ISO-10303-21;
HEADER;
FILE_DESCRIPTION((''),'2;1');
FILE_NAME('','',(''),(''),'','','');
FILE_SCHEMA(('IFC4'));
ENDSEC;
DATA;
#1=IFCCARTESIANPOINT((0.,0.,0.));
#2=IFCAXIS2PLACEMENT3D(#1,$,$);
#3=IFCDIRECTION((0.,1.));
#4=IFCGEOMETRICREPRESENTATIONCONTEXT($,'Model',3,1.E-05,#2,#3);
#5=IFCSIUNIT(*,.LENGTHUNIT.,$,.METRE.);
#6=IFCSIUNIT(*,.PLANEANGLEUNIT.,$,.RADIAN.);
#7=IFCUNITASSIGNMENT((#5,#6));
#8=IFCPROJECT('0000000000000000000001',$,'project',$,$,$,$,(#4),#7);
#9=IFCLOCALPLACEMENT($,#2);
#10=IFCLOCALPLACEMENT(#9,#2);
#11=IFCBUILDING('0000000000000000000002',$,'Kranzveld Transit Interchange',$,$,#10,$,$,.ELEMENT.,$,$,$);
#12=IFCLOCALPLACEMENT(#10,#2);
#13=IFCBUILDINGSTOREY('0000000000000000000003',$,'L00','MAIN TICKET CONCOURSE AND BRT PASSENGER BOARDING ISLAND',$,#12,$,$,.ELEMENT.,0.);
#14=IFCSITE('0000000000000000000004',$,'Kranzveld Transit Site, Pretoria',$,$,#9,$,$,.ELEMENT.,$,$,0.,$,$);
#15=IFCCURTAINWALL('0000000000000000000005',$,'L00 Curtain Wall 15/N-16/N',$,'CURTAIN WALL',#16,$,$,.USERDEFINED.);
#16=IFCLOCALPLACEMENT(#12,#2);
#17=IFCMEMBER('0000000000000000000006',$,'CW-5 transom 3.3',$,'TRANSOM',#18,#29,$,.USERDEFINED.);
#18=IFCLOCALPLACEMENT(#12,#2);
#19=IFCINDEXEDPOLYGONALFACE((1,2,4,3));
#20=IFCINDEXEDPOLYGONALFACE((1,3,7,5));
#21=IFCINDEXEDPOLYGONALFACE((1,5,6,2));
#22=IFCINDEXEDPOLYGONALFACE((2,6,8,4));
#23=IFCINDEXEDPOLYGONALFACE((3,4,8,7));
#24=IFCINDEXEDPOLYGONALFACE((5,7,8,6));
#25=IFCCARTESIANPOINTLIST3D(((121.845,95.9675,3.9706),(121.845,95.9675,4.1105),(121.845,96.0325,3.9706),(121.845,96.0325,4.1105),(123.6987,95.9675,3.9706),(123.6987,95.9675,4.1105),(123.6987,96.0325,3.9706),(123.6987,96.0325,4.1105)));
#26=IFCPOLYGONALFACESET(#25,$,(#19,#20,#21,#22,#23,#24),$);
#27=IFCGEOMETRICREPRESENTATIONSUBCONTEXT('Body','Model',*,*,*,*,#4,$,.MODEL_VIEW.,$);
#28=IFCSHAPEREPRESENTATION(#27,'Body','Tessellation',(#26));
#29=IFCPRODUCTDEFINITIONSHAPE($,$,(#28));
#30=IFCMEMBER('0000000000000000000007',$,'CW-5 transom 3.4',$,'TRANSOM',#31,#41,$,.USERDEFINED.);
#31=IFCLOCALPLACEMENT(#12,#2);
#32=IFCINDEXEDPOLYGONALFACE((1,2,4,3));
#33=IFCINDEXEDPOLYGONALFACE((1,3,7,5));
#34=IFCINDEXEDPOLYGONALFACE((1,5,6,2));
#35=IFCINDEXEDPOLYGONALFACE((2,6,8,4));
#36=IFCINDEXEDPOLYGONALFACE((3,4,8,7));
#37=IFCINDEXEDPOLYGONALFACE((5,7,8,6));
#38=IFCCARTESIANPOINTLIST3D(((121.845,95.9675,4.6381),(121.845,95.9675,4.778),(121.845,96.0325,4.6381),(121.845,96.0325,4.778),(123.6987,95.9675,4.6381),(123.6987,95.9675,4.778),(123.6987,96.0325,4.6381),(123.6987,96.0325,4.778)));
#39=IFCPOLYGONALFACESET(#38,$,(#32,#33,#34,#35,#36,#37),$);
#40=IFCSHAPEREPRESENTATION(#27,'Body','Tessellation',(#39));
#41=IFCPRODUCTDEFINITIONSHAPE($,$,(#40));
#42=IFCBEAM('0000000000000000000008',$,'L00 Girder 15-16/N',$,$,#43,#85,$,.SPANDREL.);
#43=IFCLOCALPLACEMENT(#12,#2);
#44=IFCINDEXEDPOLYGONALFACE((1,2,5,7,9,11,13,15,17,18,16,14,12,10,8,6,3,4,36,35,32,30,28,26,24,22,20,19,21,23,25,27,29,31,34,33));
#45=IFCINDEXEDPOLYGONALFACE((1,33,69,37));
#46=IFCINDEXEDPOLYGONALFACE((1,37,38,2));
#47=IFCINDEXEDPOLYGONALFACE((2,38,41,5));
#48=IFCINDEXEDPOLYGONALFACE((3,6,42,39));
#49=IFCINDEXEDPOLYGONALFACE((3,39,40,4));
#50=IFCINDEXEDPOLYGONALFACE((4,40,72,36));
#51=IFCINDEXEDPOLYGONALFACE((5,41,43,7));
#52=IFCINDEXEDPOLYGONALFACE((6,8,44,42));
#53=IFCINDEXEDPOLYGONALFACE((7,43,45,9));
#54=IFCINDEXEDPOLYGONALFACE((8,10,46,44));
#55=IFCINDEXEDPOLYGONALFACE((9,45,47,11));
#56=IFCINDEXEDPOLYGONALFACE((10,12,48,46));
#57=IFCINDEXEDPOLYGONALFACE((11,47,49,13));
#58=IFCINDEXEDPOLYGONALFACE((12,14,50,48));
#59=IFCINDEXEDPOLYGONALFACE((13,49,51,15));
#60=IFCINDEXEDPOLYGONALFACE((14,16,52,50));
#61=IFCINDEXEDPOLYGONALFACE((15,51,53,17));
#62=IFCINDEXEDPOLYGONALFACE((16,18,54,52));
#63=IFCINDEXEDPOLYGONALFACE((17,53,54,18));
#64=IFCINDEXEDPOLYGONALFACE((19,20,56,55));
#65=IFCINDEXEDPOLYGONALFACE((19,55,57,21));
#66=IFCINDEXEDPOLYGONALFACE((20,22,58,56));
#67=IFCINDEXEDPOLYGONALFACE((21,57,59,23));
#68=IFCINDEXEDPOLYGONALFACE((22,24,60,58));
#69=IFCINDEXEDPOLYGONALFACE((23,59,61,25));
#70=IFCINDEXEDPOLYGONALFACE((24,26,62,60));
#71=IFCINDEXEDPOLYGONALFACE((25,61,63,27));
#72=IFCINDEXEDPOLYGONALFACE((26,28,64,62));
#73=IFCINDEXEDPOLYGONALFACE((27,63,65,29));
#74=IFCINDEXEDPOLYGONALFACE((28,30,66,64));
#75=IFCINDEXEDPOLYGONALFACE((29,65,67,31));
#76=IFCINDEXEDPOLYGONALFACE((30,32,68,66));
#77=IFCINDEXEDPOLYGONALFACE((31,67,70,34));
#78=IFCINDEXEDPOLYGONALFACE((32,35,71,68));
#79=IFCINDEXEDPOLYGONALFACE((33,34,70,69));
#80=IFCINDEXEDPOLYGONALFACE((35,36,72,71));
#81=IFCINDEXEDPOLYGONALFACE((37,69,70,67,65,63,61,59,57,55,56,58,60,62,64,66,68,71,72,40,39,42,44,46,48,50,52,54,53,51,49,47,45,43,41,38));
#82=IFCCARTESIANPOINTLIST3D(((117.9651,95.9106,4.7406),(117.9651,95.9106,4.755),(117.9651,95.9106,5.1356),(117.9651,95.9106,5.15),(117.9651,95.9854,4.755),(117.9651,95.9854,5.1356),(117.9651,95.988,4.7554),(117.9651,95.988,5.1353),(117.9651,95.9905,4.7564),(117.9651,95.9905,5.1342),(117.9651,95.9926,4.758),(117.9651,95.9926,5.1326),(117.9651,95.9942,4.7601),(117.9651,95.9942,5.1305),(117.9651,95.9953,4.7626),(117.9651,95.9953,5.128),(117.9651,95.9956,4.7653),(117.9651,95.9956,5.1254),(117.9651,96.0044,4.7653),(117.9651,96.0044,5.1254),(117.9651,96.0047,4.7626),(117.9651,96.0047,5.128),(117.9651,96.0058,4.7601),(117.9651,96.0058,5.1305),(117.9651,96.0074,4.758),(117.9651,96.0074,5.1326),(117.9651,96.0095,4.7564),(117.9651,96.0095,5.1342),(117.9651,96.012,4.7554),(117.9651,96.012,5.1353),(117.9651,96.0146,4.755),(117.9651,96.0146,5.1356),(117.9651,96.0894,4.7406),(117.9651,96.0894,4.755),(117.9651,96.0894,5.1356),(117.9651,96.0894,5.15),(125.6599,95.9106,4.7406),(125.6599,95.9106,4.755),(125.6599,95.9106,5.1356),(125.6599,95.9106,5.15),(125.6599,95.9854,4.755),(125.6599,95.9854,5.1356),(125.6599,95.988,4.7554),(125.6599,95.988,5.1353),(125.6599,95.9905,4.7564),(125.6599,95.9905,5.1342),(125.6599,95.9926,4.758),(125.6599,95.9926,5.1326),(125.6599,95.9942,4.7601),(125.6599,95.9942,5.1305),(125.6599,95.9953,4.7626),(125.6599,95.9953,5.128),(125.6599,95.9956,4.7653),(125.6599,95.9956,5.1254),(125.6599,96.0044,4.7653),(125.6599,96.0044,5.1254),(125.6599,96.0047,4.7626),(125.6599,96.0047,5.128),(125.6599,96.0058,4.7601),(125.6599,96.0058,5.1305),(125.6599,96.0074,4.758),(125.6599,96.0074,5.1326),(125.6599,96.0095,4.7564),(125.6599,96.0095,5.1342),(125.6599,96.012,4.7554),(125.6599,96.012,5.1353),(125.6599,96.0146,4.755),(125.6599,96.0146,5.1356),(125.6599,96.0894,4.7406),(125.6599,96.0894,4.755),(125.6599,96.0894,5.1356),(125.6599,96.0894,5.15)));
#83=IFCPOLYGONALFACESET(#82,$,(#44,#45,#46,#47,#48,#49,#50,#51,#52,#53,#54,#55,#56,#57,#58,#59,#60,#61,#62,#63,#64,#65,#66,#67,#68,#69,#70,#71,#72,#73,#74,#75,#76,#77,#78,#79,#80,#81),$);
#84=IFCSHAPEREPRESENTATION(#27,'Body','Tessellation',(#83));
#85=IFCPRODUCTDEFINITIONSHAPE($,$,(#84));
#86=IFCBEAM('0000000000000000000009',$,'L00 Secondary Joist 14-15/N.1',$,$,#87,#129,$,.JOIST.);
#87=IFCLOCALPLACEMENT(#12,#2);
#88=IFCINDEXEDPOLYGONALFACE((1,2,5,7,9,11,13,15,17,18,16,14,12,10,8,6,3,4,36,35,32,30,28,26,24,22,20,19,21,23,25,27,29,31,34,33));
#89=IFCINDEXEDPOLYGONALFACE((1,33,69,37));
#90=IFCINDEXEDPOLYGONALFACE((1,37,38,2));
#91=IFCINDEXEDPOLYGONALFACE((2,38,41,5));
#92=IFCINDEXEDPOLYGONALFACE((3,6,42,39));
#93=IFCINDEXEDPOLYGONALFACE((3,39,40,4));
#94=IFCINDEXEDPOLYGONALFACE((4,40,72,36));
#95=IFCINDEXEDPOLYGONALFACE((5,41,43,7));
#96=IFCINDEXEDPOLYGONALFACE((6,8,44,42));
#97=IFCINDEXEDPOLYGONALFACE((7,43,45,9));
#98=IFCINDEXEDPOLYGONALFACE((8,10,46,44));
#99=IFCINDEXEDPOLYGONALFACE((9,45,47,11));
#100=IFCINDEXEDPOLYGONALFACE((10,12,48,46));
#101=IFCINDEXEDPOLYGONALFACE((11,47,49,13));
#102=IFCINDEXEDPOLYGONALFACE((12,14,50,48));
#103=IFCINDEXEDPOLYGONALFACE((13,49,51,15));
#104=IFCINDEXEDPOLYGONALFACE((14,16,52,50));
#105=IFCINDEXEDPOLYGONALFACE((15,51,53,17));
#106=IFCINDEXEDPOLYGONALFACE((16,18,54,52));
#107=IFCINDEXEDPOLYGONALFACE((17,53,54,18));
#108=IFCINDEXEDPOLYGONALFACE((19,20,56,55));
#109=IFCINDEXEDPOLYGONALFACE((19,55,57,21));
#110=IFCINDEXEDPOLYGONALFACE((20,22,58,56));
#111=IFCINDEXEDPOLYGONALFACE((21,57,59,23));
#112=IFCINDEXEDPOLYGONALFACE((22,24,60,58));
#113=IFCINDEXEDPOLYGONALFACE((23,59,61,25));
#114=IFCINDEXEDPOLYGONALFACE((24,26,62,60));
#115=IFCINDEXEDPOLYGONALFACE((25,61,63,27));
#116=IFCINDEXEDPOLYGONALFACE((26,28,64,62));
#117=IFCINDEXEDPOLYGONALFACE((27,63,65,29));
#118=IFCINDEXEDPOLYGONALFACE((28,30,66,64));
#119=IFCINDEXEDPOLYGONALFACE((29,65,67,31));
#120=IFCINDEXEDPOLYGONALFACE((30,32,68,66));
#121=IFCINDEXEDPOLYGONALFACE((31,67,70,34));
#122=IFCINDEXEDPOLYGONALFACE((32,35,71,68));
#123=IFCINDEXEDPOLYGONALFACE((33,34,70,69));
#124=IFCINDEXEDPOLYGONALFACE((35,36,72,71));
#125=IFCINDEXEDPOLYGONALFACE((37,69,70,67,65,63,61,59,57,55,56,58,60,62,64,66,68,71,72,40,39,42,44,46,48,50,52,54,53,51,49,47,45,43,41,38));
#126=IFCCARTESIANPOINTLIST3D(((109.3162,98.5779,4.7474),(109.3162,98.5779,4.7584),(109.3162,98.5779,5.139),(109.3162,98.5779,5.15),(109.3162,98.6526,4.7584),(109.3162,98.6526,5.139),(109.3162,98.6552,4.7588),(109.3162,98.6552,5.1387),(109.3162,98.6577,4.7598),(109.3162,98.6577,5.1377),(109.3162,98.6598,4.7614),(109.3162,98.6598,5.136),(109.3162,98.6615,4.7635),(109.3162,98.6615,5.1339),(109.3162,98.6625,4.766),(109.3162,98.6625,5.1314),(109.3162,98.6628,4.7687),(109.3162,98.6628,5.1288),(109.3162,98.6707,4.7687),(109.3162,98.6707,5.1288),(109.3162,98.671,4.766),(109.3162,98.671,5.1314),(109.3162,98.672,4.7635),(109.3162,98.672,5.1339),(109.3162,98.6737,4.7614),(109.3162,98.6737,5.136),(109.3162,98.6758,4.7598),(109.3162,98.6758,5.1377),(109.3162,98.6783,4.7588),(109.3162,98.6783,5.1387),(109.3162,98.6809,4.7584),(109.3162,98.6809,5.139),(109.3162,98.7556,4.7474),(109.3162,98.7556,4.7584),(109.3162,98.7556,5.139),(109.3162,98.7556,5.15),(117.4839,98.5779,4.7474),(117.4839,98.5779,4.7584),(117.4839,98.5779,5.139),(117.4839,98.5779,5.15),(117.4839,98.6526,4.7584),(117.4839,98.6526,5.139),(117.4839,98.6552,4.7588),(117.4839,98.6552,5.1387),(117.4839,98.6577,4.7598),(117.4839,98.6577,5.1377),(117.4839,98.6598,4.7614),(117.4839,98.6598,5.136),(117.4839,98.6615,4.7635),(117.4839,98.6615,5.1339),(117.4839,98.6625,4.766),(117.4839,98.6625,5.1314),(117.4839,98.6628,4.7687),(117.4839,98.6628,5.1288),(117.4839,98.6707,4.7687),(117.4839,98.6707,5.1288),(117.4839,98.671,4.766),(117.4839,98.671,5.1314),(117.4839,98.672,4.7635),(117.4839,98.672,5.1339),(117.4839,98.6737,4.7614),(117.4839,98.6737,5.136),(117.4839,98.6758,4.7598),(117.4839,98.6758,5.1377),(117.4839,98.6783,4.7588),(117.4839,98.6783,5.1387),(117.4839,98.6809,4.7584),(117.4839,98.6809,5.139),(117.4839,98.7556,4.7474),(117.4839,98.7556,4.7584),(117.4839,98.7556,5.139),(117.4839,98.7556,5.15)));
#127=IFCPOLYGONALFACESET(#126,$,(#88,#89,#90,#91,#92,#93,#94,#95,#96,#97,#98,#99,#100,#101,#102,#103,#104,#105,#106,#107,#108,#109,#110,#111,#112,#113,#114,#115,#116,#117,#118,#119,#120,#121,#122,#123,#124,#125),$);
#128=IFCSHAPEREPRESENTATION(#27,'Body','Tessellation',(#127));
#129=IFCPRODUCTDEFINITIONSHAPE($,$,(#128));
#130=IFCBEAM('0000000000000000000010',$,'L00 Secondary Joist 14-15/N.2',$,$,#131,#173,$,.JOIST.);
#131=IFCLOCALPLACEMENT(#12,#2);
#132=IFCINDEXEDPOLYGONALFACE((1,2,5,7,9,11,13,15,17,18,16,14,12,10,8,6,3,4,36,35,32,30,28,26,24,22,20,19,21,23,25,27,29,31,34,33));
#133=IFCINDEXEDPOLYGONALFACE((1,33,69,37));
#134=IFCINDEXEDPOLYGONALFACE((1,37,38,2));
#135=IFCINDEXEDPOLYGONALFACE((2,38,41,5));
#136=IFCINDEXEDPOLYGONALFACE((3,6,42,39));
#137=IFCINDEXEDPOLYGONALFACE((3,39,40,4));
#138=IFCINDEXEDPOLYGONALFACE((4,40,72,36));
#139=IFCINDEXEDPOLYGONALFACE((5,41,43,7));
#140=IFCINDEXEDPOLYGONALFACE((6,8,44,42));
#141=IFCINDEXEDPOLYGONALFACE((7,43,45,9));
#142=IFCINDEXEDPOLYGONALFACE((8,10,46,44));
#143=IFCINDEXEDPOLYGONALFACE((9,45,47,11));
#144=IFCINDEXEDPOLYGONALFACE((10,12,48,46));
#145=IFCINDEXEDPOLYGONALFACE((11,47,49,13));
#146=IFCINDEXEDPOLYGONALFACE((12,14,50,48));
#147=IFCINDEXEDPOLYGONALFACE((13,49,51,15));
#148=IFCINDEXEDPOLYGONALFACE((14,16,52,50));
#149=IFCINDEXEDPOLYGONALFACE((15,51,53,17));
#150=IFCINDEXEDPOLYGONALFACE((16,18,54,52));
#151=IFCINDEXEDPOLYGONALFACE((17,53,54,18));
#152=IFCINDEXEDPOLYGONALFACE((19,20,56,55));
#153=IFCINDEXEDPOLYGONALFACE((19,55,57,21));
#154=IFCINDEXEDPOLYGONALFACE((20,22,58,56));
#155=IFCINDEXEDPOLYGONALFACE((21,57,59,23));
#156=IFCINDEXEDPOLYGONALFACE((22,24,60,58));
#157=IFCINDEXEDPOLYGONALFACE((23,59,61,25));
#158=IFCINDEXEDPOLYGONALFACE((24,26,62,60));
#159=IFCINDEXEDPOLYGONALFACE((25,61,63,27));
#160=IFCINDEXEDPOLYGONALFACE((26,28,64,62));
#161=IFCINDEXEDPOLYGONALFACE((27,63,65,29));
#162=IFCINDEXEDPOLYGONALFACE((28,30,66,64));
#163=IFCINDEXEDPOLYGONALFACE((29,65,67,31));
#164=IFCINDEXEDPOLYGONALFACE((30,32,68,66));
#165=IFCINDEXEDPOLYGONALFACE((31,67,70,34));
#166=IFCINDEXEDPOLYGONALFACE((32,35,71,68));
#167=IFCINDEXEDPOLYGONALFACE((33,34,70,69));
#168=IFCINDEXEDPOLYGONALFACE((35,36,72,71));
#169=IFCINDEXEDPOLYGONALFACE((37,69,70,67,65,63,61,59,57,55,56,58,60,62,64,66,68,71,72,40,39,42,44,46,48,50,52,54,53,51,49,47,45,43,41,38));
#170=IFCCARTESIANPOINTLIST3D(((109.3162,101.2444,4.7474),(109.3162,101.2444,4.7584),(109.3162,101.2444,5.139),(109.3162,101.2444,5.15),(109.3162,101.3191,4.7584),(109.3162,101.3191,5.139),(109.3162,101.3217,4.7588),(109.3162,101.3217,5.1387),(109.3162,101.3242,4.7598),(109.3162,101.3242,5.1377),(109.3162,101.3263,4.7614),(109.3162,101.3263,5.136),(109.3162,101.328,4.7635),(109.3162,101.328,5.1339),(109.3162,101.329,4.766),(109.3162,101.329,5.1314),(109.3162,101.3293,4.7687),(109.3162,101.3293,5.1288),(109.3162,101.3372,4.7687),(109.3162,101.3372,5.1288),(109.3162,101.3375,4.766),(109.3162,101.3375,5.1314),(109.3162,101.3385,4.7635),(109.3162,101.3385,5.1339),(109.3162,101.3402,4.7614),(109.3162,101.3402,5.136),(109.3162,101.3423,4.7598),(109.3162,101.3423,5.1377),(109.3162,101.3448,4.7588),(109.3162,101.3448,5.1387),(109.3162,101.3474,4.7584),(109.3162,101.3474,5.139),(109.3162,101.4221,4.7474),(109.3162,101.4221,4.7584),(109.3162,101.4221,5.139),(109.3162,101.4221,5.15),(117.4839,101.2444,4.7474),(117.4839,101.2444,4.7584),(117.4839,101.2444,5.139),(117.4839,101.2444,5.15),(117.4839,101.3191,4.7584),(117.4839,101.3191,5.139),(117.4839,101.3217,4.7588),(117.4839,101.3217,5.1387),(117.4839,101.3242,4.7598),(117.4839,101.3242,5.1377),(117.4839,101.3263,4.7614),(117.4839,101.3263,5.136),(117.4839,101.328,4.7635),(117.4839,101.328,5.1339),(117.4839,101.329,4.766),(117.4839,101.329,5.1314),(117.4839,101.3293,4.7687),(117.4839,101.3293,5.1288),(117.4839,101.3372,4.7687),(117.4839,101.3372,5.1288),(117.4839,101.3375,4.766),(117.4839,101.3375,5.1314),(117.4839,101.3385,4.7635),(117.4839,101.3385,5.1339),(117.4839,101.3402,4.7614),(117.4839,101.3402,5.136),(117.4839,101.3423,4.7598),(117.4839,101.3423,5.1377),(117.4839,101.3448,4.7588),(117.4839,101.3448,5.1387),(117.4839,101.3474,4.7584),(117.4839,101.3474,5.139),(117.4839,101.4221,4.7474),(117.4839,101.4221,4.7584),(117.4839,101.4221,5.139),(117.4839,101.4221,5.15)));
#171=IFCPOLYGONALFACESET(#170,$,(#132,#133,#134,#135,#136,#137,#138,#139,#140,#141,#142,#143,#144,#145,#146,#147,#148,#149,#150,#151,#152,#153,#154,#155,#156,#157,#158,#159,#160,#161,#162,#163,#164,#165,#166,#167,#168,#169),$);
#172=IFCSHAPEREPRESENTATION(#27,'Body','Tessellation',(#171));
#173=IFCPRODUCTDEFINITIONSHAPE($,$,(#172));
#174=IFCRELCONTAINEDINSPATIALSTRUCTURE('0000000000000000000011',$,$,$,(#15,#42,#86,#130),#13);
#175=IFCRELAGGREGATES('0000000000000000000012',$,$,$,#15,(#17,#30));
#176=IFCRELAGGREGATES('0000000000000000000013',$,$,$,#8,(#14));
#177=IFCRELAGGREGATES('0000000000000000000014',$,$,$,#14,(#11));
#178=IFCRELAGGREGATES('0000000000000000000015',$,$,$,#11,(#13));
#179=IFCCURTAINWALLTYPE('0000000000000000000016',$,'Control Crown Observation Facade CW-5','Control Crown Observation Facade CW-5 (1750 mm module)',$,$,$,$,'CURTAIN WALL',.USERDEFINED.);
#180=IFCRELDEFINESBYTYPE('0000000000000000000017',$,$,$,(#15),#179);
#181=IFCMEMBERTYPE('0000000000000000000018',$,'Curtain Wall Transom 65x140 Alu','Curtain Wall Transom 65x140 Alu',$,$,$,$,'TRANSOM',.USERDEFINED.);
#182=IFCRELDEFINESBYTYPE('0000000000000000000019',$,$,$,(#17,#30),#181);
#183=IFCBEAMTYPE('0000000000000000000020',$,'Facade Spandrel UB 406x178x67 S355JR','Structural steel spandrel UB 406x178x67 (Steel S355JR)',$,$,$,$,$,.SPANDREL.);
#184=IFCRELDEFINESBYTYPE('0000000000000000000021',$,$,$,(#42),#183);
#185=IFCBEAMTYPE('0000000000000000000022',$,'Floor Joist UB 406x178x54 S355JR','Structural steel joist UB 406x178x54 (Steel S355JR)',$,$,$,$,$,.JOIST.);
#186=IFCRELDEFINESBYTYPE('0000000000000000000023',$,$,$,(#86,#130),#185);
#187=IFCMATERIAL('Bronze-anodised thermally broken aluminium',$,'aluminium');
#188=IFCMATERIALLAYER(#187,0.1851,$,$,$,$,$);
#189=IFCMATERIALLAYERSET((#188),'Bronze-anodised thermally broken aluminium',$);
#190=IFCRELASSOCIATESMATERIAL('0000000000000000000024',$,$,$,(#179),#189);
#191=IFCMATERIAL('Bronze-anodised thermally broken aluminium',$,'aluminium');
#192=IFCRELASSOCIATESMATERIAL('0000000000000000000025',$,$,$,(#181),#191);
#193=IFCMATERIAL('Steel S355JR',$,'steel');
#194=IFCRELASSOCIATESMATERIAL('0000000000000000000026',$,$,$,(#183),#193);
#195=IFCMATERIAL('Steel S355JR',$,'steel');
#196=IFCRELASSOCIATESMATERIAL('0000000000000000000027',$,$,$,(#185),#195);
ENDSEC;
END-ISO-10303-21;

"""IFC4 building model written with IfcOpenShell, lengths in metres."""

from ifc_helpers import new_model, si_unit, direction, frame, origin, origin_2d, place, context, subcontext, project, spatial, rectangle, i_section, extrude, material, layer, layer_set, material_profile, profile_set, type_object, element, aggregate, save


model = new_model("IFC4")

# Units and contexts
model_context = context("Model", 3, precision=1e-05, world=origin(), true_north=direction((0.0, 1.0)))
body_context = subcontext(model_context, "Body", "Model", "MODEL_VIEW")
ifc_project = project(units=[si_unit("LENGTHUNIT", "METRE"), si_unit("PLANEANGLEUNIT", "RADIAN")], contexts=[model_context])

# Site, building, storey
site_placement = place(None, origin())
site = spatial("IfcSite", under=ifc_project, at=site_placement, Name="Kranzveld Transit Site, Pretoria", CompositionType="ELEMENT", RefElevation=0.0)
building_placement = place(site_placement, origin())
building = spatial("IfcBuilding", under=site, at=building_placement, Name="Kranzveld Transit Interchange", CompositionType="ELEMENT")
storey_placement = place(building_placement, origin())
storey = spatial("IfcBuildingStorey", under=building, at=storey_placement, Name="L00", Description="MAIN TICKET CONCOURSE AND BRT PASSENGER BOARDING ISLAND", CompositionType="ELEMENT", Elevation=0.0)

# Curtain wall, members
ifc_material_1 = material(Name="Bronze-anodised thermally broken aluminium", Category="aluminium")
ifc_layer_1 = layer(ifc_material_1, 0.1851)
ifc_layer_set_1 = layer_set([ifc_layer_1], Name="Bronze-anodised thermally broken aluminium")
curtain_wall_type = type_object("IfcCurtainWallType", Name="Control Crown Observation Facade CW-5", Description="Control Crown Observation Facade CW-5 (1750 mm module)", ElementType="CURTAIN WALL", PredefinedType="USERDEFINED", material=ifc_layer_set_1)
curtain_wall_placement = place(storey_placement, origin())
curtain_wall = element("IfcCurtainWall", 1, at=curtain_wall_placement, inside=storey, type_object=curtain_wall_type, Name="L00 Curtain Wall 15/N-16/N", ObjectType="CURTAIN WALL", PredefinedType="USERDEFINED")
ifc_material_2 = material(Name="Bronze-anodised thermally broken aluminium", Category="aluminium")
ifc_material_profile_1 = material_profile(ifc_material_2, rectangle(XDim=0.0649, YDim=0.1399, at=origin_2d()), Name="ALU TRANSOM 65x140")
ifc_profile_set_1 = profile_set([ifc_material_profile_1], Name="Bronze-anodised thermally broken aluminium")
member_type_1 = type_object("IfcMemberType", Name="Curtain Wall Transom 65x140 Alu", Description="Curtain Wall Transom 65x140 Alu", ElementType="TRANSOM", PredefinedType="USERDEFINED", material=ifc_profile_set_1)
member_1_placement = place(storey_placement, frame((121.845, 96.0, 4.0405), z_axis=(1.0, 0.0, 0.0), x_axis=(0.0, 1.0, 0.0)))
member_1 = element("IfcMember", 2, at=member_1_placement, type_object=member_type_1, Name="CW-5 transom 3.3", ObjectType="TRANSOM", PredefinedType="USERDEFINED", context=body_context, shape_type="SweptSolid", body=[
    extrude(rectangle(XDim=0.0649, YDim=0.1399, at=origin_2d()), origin(), (0.0, 0.0, 1.0), 1.8538),
])
member_2_placement = place(storey_placement, frame((121.845, 96.0, 4.708), z_axis=(1.0, 0.0, 0.0), x_axis=(0.0, 1.0, 0.0)))
member_2 = element("IfcMember", 3, at=member_2_placement, type_object=member_type_1, Name="CW-5 transom 3.4", ObjectType="TRANSOM", PredefinedType="USERDEFINED", context=body_context, shape_type="SweptSolid", body=[
    extrude(rectangle(XDim=0.0649, YDim=0.1399, at=origin_2d()), origin(), (0.0, 0.0, 1.0), 1.8538),
])

# Beams
ifc_material_3 = material(Name="Steel S355JR", Category="steel")
ifc_material_profile_2 = material_profile(ifc_material_3, i_section(OverallWidth=0.1787, OverallDepth=0.4094, WebThickness=0.0088, FlangeThickness=0.0144, FilletRadius=0.0103, at=origin_2d()), Name="UB 406x178x67")
ifc_profile_set_2 = profile_set([ifc_material_profile_2], Name="Steel S355JR")
beam_type_1 = type_object("IfcBeamType", Name="Facade Spandrel UB 406x178x67 S355JR", Description="Structural steel spandrel UB 406x178x67 (Steel S355JR)", PredefinedType="SPANDREL", material=ifc_profile_set_2)
beam_1_placement = place(storey_placement, frame((117.9651, 96.0, 4.9453), z_axis=(1.0, 0.0, 0.0), x_axis=(0.0, 1.0, 0.0)))
element("IfcBeam", 4, at=beam_1_placement, inside=storey, type_object=beam_type_1, Name="L00 Girder 15-16/N", PredefinedType="SPANDREL", context=body_context, shape_type="SweptSolid", body=[
    extrude(i_section(OverallWidth=0.1787, OverallDepth=0.4094, WebThickness=0.0088, FlangeThickness=0.0144, FilletRadius=0.0103, at=origin_2d()), origin(), (0.0, 0.0, 1.0), 7.6948),
])
ifc_material_4 = material(Name="Steel S355JR", Category="steel")
ifc_material_profile_3 = material_profile(ifc_material_4, i_section(OverallWidth=0.1777, OverallDepth=0.4026, WebThickness=0.0078, FlangeThickness=0.011, FilletRadius=0.0103, at=origin_2d()), Name="UB 406x178x54")
ifc_profile_set_3 = profile_set([ifc_material_profile_3], Name="Steel S355JR")
beam_type_2 = type_object("IfcBeamType", Name="Floor Joist UB 406x178x54 S355JR", Description="Structural steel joist UB 406x178x54 (Steel S355JR)", PredefinedType="JOIST", material=ifc_profile_set_3)
for number, where, z_axis, x_axis, name in (
    (5, (109.3162, 98.6667, 4.9487), (1.0, 0.0, 0.0), (0.0, 1.0, 0.0), "L00 Secondary Joist 14-15/N.1"),
    (6, (109.3162, 101.3333, 4.9487), (1.0, 0.0, 0.0), (0.0, 1.0, 0.0), "L00 Secondary Joist 14-15/N.2"),
):
    element("IfcBeam", number, at=place(storey_placement, frame(where, z_axis=z_axis, x_axis=x_axis)), inside=storey, type_object=beam_type_2, Name=name, PredefinedType="JOIST", context=body_context, shape_type="SweptSolid", body=[
        extrude(i_section(OverallWidth=0.1777, OverallDepth=0.4026, WebThickness=0.0078, FlangeThickness=0.011, FilletRadius=0.0103, at=origin_2d()), origin(), (0.0, 0.0, 1.0), 8.1677),
    ])

aggregate(curtain_wall, [member_1, member_2])

save(model, "model.ifc")
